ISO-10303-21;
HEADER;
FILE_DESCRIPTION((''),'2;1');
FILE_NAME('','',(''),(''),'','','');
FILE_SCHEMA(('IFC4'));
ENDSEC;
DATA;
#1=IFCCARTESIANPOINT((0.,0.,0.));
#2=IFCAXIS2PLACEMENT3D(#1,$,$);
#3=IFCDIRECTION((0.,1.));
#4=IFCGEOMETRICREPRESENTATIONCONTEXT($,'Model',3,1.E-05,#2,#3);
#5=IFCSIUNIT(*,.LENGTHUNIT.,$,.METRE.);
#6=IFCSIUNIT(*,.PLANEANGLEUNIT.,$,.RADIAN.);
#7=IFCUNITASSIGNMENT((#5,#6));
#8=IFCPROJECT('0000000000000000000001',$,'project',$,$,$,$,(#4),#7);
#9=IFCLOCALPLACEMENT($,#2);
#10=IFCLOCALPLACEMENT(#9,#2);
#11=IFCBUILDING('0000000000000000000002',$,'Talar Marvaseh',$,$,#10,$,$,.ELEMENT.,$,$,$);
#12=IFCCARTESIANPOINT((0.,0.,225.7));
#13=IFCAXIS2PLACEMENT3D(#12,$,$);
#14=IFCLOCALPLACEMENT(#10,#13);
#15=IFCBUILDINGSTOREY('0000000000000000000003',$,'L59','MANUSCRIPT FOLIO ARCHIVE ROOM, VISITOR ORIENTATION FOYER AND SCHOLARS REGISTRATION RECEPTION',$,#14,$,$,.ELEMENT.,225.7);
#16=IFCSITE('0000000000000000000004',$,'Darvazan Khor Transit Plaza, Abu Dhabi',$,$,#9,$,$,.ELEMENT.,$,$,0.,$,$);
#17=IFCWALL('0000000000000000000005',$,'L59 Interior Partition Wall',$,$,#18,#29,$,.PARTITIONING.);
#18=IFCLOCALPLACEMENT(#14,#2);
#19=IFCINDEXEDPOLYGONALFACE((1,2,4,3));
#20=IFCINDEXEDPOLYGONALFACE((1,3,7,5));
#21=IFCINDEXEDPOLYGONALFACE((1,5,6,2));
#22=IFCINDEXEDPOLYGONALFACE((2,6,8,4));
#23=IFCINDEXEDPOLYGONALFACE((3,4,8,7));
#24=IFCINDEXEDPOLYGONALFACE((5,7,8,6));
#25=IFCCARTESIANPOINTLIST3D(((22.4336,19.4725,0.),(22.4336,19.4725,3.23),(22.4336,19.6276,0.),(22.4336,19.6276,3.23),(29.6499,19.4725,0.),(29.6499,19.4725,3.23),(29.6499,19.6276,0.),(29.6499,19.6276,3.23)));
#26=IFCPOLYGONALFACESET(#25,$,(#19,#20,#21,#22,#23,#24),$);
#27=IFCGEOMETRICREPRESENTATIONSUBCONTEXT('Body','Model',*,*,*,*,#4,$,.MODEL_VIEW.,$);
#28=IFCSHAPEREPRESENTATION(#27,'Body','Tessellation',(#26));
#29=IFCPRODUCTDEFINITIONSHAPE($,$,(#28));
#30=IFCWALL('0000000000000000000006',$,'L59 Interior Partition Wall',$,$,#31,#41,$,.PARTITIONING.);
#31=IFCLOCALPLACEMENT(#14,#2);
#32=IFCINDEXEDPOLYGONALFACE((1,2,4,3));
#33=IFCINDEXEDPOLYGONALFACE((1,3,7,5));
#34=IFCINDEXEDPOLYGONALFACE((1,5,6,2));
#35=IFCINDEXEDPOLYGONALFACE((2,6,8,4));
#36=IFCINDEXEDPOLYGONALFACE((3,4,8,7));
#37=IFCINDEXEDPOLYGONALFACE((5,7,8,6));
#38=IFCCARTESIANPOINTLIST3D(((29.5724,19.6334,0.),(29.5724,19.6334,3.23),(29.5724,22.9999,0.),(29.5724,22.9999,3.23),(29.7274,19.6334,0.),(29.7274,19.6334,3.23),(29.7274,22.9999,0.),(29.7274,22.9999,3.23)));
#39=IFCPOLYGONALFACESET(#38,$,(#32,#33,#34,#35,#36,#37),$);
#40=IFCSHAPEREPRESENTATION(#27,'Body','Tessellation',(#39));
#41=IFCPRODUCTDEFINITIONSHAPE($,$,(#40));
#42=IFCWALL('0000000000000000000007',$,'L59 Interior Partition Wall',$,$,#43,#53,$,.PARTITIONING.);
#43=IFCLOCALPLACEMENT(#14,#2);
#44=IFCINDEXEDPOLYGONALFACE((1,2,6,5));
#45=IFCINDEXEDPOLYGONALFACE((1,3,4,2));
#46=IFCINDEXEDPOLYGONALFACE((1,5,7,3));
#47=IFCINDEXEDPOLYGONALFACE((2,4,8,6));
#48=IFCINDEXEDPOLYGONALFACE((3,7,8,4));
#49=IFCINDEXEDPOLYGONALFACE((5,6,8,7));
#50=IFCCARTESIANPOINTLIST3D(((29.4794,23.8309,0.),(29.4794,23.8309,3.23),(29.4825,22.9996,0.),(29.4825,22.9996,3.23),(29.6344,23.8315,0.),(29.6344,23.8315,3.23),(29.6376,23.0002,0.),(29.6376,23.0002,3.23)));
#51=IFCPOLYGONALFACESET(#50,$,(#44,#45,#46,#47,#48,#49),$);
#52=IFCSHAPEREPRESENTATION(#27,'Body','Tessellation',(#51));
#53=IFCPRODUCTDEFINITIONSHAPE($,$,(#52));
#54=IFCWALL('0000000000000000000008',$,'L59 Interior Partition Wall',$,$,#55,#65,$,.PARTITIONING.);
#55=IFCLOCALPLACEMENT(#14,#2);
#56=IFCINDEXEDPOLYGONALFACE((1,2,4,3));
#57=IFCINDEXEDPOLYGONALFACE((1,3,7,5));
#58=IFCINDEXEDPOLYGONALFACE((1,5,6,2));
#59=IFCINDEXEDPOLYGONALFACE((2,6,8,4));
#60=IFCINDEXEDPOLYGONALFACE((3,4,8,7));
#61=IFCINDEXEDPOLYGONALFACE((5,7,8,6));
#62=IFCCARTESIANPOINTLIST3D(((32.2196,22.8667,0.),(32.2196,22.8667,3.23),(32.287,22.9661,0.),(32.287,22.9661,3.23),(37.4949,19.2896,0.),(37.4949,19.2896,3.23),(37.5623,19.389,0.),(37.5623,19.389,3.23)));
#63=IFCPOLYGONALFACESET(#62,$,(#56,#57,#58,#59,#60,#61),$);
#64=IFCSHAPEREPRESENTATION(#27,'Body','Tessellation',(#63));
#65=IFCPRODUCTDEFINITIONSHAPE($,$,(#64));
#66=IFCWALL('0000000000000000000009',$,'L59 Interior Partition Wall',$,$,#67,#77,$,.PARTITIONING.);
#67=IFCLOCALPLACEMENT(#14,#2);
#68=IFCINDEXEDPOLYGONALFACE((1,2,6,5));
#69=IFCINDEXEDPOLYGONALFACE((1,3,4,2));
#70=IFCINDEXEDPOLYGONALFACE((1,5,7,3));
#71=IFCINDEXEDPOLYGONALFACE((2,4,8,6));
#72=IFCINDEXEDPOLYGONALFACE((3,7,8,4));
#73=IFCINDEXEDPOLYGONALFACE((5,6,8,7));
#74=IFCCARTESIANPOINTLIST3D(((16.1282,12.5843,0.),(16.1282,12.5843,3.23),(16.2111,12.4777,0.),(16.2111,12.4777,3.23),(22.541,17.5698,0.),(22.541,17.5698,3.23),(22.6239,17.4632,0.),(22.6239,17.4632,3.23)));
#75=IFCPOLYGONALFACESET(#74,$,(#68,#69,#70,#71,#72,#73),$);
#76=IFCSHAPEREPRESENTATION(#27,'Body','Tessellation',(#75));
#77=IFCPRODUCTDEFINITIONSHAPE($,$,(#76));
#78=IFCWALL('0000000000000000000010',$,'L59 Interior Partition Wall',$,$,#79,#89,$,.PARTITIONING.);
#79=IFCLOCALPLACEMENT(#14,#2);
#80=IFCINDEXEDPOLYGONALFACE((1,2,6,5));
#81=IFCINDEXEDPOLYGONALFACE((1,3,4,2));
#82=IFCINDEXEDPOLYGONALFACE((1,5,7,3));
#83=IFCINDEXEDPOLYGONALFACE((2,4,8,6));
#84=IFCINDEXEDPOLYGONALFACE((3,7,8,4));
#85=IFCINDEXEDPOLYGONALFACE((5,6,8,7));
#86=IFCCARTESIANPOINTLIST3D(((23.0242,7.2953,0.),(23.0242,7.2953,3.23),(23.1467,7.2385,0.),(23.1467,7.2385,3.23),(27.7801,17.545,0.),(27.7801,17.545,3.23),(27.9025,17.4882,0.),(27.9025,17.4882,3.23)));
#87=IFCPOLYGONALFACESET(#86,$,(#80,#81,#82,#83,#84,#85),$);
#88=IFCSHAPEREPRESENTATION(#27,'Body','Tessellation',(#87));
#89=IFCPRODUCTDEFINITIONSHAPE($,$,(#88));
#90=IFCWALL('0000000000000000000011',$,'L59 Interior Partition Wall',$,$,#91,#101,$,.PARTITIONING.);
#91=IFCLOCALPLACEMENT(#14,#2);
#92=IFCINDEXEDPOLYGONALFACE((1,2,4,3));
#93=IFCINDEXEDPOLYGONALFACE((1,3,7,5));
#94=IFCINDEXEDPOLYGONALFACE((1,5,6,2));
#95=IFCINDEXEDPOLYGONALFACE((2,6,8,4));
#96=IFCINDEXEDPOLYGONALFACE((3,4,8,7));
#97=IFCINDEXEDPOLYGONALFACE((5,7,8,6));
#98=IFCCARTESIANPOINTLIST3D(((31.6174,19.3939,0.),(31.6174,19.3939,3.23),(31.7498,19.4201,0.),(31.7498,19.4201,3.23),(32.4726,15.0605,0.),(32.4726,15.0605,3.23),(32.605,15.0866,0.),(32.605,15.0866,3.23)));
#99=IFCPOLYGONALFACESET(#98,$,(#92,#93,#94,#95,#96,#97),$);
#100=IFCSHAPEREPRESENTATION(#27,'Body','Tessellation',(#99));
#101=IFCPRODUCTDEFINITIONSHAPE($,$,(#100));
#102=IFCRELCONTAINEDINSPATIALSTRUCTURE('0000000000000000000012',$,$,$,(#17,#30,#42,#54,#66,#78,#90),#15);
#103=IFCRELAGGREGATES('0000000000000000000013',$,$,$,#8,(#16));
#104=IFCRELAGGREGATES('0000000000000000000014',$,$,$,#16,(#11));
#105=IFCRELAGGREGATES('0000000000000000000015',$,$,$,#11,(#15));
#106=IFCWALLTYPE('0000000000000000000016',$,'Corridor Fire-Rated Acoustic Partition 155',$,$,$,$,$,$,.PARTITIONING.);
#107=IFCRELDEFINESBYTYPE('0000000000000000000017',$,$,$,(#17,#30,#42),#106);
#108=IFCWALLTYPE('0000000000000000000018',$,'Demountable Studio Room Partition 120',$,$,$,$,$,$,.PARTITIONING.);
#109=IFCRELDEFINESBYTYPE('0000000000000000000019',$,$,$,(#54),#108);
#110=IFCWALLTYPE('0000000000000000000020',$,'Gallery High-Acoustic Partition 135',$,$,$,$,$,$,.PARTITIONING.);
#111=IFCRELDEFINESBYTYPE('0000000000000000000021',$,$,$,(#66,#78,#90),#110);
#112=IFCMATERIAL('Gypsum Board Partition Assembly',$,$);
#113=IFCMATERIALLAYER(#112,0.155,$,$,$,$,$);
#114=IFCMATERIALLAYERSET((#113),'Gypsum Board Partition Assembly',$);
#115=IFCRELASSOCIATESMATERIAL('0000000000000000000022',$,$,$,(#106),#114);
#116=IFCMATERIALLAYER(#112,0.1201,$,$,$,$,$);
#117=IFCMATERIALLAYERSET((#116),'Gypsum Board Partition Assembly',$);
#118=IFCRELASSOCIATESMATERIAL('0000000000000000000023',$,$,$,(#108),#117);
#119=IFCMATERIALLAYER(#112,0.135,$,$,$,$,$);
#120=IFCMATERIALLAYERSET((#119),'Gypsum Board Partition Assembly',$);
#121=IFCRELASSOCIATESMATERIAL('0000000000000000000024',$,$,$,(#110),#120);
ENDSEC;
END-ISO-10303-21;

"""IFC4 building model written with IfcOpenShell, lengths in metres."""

from ifc_helpers import new_model, si_unit, direction, frame, frame_2d, origin, place, context, subcontext, project, spatial, rectangle, extrude, material, layer, layer_set, type_object, element, save


model = new_model("IFC4")

# Units and contexts
model_context = context("Model", 3, precision=1e-05, world=origin(), true_north=direction((0.0, 1.0)))
body_context = subcontext(model_context, "Body", "Model", "MODEL_VIEW")
ifc_project = project(units=[si_unit("LENGTHUNIT", "METRE"), si_unit("PLANEANGLEUNIT", "RADIAN")], contexts=[model_context])

# Site, building, storey
site_placement = place(None, origin())
site = spatial("IfcSite", under=ifc_project, at=site_placement, Name="Darvazan Khor Transit Plaza, Abu Dhabi", CompositionType="ELEMENT", RefElevation=0.0)
building_placement = place(site_placement, origin())
building = spatial("IfcBuilding", under=site, at=building_placement, Name="Talar Marvaseh", CompositionType="ELEMENT")
storey_placement = place(building_placement, frame((0.0, 0.0, 225.7)))
storey = spatial("IfcBuildingStorey", under=building, at=storey_placement, Name="L59", Description="MANUSCRIPT FOLIO ARCHIVE ROOM, VISITOR ORIENTATION FOYER AND SCHOLARS REGISTRATION RECEPTION", CompositionType="ELEMENT", Elevation=225.7)

# Shared definitions
ifc_material_1 = material(Name="Gypsum Board Partition Assembly")
ifc_layer_1 = layer(ifc_material_1, 0.155)
ifc_layer_set_1 = layer_set([ifc_layer_1], Name="Gypsum Board Partition Assembly")
wall_type_1 = type_object("IfcWallType", Name="Corridor Fire-Rated Acoustic Partition 155", PredefinedType="PARTITIONING", material=ifc_layer_set_1)

# Walls
wall_1_placement = place(storey_placement, frame((22.4336, 19.55, 0.0), z_axis=(0.0, 0.0, 1.0), x_axis=(1.0, 0.0, 0.0)))
element("IfcWall", 1, at=wall_1_placement, inside=storey, type_object=wall_type_1, Name="L59 Interior Partition Wall", PredefinedType="PARTITIONING", context=body_context, shape_type="SweptSolid", body=[
    extrude(rectangle(XDim=7.2163, YDim=0.155, at=frame_2d((3.6082, 0.0))), origin(), (0.0, 0.0, 1.0), 3.23),
])
wall_2_placement = place(storey_placement, frame((29.6499, 19.6335, 0.0), z_axis=(0.0, 0.0, 1.0), x_axis=(0.0, 1.0, 0.0)))
element("IfcWall", 2, at=wall_2_placement, inside=storey, type_object=wall_type_1, Name="L59 Interior Partition Wall", PredefinedType="PARTITIONING", context=body_context, shape_type="SweptSolid", body=[
    extrude(rectangle(XDim=3.3665, YDim=0.155, at=frame_2d((1.6831, 0.0))), origin(), (0.0, 0.0, 1.0), 3.23),
])
wall_3_placement = place(storey_placement, frame((29.5601, 23.0, 0.0), z_axis=(0.0, 0.0, 1.0), x_axis=(-0.003818, 0.999993, 0.0)))
element("IfcWall", 3, at=wall_3_placement, inside=storey, type_object=wall_type_1, Name="L59 Interior Partition Wall", PredefinedType="PARTITIONING", context=body_context, shape_type="SweptSolid", body=[
    extrude(rectangle(XDim=0.8313, YDim=0.155, at=frame_2d((0.4155, 0.0))), origin(), (0.0, 0.0, 1.0), 3.23),
])
ifc_layer_2 = layer(ifc_material_1, 0.1201)
ifc_layer_set_2 = layer_set([ifc_layer_2], Name="Gypsum Board Partition Assembly")
wall_type_2 = type_object("IfcWallType", Name="Demountable Studio Room Partition 120", PredefinedType="PARTITIONING", material=ifc_layer_set_2)
wall_4_placement = place(storey_placement, frame((32.2532, 22.9165, 0.0), z_axis=(0.0, 0.0, 1.0), x_axis=(0.827664, -0.561224, 0.0)))
element("IfcWall", 4, at=wall_4_placement, inside=storey, type_object=wall_type_2, Name="L59 Interior Partition Wall", PredefinedType="PARTITIONING", context=body_context, shape_type="SweptSolid", body=[
    extrude(rectangle(XDim=6.3738, YDim=0.1201, at=frame_2d((3.187, 0.0))), origin(), (0.0, 0.0, 1.0), 3.23),
])
ifc_layer_3 = layer(ifc_material_1, 0.135)
ifc_layer_set_3 = layer_set([ifc_layer_3], Name="Gypsum Board Partition Assembly")
wall_type_3 = type_object("IfcWallType", Name="Gallery High-Acoustic Partition 135", PredefinedType="PARTITIONING", material=ifc_layer_set_3)
wall_5_placement = place(storey_placement, frame((22.5825, 17.5166, 0.0), z_axis=(0.0, 0.0, 1.0), x_axis=(-0.789482, -0.613774, 0.0)))
element("IfcWall", 5, at=wall_5_placement, inside=storey, type_object=wall_type_3, Name="L59 Interior Partition Wall", PredefinedType="PARTITIONING", context=body_context, shape_type="SweptSolid", body=[
    extrude(rectangle(XDim=8.1228, YDim=0.135, at=frame_2d((4.0615, 0.0))), origin(), (0.0, 0.0, 1.0), 3.23),
])
wall_6_placement = place(storey_placement, frame((27.8413, 17.5166, 0.0), z_axis=(0.0, 0.0, 1.0), x_axis=(-0.420896, -0.907109, 0.0)))
element("IfcWall", 6, at=wall_6_placement, inside=storey, type_object=wall_type_3, Name="L59 Interior Partition Wall", PredefinedType="PARTITIONING", context=body_context, shape_type="SweptSolid", body=[
    extrude(rectangle(XDim=11.2993, YDim=0.135, at=frame_2d((5.6497, 0.0))), origin(), (0.0, 0.0, 1.0), 3.23),
])
wall_7_placement = place(storey_placement, frame((31.6836, 19.407, 0.0), z_axis=(0.0, 0.0, 1.0), x_axis=(0.193618, -0.981077, 0.0)))
element("IfcWall", 7, at=wall_7_placement, inside=storey, type_object=wall_type_3, Name="L59 Interior Partition Wall", PredefinedType="PARTITIONING", context=body_context, shape_type="SweptSolid", body=[
    extrude(rectangle(XDim=4.417, YDim=0.135, at=frame_2d((2.2085, 0.0))), origin(), (0.0, 0.0, 1.0), 3.23),
])

save(model, "model.ifc")
